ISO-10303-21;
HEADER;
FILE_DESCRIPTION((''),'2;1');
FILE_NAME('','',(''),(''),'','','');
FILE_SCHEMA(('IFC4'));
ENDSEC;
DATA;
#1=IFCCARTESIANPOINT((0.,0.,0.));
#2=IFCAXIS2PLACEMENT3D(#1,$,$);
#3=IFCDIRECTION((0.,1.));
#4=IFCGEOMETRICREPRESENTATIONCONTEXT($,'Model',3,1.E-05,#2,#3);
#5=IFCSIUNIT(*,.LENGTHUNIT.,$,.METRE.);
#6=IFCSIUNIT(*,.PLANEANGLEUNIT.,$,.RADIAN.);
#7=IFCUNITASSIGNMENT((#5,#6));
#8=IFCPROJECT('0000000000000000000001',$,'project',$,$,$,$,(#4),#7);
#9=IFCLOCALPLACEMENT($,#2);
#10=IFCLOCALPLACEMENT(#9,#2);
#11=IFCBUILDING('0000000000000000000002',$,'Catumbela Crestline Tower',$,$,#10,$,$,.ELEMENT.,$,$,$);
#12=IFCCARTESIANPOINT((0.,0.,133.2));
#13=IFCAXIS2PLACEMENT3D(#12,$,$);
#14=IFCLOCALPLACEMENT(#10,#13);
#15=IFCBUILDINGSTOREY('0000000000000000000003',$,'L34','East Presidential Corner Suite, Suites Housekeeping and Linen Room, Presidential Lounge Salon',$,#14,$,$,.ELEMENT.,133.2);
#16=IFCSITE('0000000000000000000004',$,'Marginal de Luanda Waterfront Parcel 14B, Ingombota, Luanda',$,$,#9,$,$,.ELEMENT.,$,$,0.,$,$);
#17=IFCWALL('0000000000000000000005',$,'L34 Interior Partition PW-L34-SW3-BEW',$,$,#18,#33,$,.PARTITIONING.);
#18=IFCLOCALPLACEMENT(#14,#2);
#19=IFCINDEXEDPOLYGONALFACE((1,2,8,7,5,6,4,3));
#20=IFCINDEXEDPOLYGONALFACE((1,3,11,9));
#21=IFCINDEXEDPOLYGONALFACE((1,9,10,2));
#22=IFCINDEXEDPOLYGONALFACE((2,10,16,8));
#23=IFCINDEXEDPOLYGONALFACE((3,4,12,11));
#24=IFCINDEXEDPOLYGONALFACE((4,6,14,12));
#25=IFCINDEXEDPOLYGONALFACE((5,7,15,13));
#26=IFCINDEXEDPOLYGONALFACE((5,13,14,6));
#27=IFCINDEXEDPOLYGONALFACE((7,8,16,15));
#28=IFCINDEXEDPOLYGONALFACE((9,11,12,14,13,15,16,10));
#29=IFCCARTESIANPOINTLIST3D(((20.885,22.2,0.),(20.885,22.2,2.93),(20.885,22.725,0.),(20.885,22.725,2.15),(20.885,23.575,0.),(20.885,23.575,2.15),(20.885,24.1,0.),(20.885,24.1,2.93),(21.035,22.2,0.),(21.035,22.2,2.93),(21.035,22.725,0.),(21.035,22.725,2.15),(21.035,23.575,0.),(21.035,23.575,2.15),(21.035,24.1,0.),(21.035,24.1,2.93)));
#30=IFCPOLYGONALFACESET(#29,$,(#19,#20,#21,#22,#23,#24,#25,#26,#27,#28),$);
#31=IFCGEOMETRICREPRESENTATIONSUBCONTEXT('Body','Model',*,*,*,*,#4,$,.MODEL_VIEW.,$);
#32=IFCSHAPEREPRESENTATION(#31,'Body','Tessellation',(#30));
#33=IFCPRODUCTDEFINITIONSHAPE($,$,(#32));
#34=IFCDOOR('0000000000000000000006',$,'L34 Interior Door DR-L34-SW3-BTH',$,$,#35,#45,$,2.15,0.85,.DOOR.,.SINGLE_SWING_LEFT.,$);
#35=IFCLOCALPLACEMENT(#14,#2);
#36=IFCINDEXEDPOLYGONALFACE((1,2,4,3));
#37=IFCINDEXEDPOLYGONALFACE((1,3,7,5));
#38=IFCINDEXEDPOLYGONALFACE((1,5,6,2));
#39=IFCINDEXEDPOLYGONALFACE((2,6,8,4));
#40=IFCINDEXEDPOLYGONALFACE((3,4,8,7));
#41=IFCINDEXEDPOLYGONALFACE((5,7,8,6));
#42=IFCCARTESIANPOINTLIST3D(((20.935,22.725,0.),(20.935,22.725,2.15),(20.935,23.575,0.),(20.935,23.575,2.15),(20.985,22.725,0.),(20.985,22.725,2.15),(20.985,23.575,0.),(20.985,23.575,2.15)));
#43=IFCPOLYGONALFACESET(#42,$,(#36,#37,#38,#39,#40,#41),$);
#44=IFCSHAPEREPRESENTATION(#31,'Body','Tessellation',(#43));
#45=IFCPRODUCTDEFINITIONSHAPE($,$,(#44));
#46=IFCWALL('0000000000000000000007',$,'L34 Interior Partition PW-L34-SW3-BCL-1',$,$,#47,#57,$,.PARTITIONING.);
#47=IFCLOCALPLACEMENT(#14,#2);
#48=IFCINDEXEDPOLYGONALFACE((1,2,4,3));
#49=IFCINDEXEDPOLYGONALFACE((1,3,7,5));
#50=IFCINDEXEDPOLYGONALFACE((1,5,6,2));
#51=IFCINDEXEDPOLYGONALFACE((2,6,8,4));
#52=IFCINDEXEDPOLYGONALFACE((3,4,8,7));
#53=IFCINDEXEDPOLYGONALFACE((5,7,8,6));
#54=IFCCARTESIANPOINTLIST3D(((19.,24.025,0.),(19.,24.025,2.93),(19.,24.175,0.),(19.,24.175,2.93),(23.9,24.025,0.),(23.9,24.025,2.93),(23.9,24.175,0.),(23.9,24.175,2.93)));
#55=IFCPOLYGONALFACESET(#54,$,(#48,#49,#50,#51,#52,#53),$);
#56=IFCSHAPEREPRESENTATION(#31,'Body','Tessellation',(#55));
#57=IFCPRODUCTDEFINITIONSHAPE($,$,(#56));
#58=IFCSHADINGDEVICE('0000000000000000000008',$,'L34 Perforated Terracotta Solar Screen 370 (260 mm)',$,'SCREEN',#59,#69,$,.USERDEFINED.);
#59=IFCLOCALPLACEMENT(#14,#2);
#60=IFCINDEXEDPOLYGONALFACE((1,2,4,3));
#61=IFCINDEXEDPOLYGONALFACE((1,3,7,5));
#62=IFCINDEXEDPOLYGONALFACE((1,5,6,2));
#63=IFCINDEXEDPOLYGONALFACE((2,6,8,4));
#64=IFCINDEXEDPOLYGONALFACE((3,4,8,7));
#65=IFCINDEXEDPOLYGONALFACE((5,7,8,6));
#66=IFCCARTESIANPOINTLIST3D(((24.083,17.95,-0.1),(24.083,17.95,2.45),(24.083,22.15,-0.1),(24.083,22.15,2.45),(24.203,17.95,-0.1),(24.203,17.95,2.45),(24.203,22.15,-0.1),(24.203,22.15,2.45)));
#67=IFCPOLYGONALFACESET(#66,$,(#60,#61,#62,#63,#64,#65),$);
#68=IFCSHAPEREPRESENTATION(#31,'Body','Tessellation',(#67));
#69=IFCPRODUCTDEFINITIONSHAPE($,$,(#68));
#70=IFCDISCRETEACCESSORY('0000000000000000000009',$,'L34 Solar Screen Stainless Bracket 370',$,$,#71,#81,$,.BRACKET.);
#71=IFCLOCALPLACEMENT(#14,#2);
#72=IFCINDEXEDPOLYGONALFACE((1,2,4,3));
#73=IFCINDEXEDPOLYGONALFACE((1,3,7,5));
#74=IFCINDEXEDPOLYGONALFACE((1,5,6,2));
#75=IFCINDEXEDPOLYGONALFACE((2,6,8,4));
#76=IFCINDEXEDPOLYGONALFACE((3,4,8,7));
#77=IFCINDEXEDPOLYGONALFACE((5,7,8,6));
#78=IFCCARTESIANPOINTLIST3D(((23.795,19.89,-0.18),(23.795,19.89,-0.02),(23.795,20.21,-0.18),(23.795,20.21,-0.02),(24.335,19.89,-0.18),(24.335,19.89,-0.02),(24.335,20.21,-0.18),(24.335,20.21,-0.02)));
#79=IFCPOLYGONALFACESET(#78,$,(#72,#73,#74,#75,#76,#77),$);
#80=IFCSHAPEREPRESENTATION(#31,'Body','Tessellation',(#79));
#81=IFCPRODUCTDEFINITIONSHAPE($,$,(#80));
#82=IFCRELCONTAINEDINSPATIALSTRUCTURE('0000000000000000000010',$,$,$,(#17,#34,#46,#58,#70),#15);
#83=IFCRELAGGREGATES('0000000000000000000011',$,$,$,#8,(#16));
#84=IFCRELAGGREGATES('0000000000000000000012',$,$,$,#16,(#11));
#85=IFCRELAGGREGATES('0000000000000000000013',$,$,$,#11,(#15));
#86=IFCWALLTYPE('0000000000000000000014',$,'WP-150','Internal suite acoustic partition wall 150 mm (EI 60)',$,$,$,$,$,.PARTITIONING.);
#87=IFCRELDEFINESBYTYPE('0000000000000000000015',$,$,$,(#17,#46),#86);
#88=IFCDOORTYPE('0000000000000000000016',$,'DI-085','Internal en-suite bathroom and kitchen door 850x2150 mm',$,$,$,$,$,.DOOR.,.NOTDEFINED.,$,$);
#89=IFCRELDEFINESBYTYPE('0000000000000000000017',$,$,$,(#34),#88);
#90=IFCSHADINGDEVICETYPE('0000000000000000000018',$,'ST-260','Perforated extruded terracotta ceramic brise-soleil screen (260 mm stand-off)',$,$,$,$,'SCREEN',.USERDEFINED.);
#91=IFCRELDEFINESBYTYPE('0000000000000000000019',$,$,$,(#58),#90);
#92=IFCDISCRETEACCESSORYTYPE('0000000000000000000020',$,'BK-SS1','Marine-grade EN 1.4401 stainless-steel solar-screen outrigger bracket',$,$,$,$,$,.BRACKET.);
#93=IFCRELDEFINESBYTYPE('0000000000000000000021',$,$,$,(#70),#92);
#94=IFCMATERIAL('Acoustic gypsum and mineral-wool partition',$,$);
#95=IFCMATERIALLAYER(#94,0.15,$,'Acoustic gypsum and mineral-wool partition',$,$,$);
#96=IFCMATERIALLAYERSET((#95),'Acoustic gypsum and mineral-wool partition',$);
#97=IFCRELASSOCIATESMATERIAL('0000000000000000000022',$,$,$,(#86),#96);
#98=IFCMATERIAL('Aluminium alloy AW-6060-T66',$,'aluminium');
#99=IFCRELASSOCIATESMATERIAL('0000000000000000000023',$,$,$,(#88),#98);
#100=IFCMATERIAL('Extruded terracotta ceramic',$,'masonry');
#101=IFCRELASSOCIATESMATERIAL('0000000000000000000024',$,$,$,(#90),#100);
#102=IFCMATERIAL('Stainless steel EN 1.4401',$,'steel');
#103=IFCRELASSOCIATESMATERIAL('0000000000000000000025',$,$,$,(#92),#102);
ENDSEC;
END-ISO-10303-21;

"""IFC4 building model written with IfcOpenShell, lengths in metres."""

from ifc_helpers import new_model, si_unit, direction, frame, frame_2d, origin, origin_2d, place, context, subcontext, project, spatial, rectangle, extrude, material, layer, layer_set, type_object, element, fill, save


model = new_model("IFC4")

# Units and contexts
model_context = context("Model", 3, precision=1e-05, world=origin(), true_north=direction((0.0, 1.0)))
body_context = subcontext(model_context, "Body", "Model", "MODEL_VIEW")
ifc_project = project(units=[si_unit("LENGTHUNIT", "METRE"), si_unit("PLANEANGLEUNIT", "RADIAN")], contexts=[model_context])

# Site, building, storey
site_placement = place(None, origin())
site = spatial("IfcSite", under=ifc_project, at=site_placement, Name="Marginal de Luanda Waterfront Parcel 14B, Ingombota, Luanda", CompositionType="ELEMENT", RefElevation=0.0)
building_placement = place(site_placement, origin())
building = spatial("IfcBuilding", under=site, at=building_placement, Name="Catumbela Crestline Tower", CompositionType="ELEMENT")
storey_placement = place(building_placement, frame((0.0, 0.0, 133.2)))
storey = spatial("IfcBuildingStorey", under=building, at=storey_placement, Name="L34", Description="East Presidential Corner Suite, Suites Housekeeping and Linen Room, Presidential Lounge Salon", CompositionType="ELEMENT", Elevation=133.2)

# Shared definitions
ifc_material_1 = material(Name="Aluminium alloy AW-6060-T66", Category="aluminium")

# Shared definitions
ifc_material_2 = material(Name="Acoustic gypsum and mineral-wool partition")
ifc_layer_1 = layer(ifc_material_2, 0.15, Name="Acoustic gypsum and mineral-wool partition")
ifc_layer_set_1 = layer_set([ifc_layer_1], Name="Acoustic gypsum and mineral-wool partition")
wall_type_1 = type_object("IfcWallType", Name="WP-150", Description="Internal suite acoustic partition wall 150 mm (EI 60)", PredefinedType="PARTITIONING", material=ifc_layer_set_1)

# Shared definitions
door_type = type_object("IfcDoorType", Name="DI-085", Description="Internal en-suite bathroom and kitchen door 850x2150 mm", OperationType="NOTDEFINED", PredefinedType="DOOR", material=ifc_material_1)

# Wall, opening, door
wall_1_placement = place(storey_placement, frame((20.96, 22.2, 0.0), z_axis=(0.0, 0.0, 1.0), x_axis=(0.0, 1.0, 0.0)))
wall_1 = element("IfcWall", 1, at=wall_1_placement, inside=storey, type_object=wall_type_1, Name="L34 Interior Partition PW-L34-SW3-BEW", PredefinedType="PARTITIONING", context=body_context, shape_type="SweptSolid", body=[
    extrude(rectangle(XDim=1.9, YDim=0.15, at=frame_2d((0.95, 0.0))), origin(), (0.0, 0.0, 1.0), 2.93),
])
opening_1_placement = place(wall_1_placement, frame((0.525, 0.0, 0.0)))
opening_1 = element("IfcOpeningElement", 2, at=opening_1_placement, cuts=wall_1, PredefinedType="OPENING", context=body_context, shape_type="SweptSolid", body=[
    extrude(rectangle(XDim=0.85, YDim=2.15, at=frame_2d((0.425, 1.075))), frame((0.0, 0.085, 0.0), z_axis=(0.0, -1.0, 0.0), x_axis=(1.0, 0.0, 0.0)), (0.0, 0.0, 1.0), 0.17),
])
door_1_placement = place(opening_1_placement, origin())
door_1 = element("IfcDoor", 3, at=door_1_placement, inside=storey, type_object=door_type, Name="L34 Interior Door DR-L34-SW3-BTH", OperationType="SINGLE_SWING_LEFT", OverallHeight=2.15, OverallWidth=0.85, PredefinedType="DOOR", context=body_context, shape_type="SweptSolid", body=[
    extrude(rectangle(XDim=0.85, YDim=2.15, at=frame_2d((0.425, 1.075))), frame((0.0, 0.025, 0.0), z_axis=(0.0, -1.0, 0.0), x_axis=(1.0, 0.0, 0.0)), (0.0, 0.0, 1.0), 0.05),
])
fill(opening_1, door_1)

# Wall
wall_2_placement = place(storey_placement, frame((19.0, 24.1, 0.0), z_axis=(0.0, 0.0, 1.0), x_axis=(1.0, 0.0, 0.0)))
element("IfcWall", 4, at=wall_2_placement, inside=storey, type_object=wall_type_1, Name="L34 Interior Partition PW-L34-SW3-BCL-1", PredefinedType="PARTITIONING", context=body_context, shape_type="SweptSolid", body=[
    extrude(rectangle(XDim=4.9, YDim=0.15, at=frame_2d((2.45, 0.0))), origin(), (0.0, 0.0, 1.0), 2.93),
])

# Shading device
ifc_material_3 = material(Name="Extruded terracotta ceramic", Category="masonry")
shading_device_type = type_object("IfcShadingDeviceType", Name="ST-260", Description="Perforated extruded terracotta ceramic brise-soleil screen (260 mm stand-off)", ElementType="SCREEN", PredefinedType="USERDEFINED", material=ifc_material_3)
shading_device_placement = place(storey_placement, frame((24.143, 20.05, -0.1), z_axis=(0.0, 0.0, 1.0), x_axis=(0.0, 1.0, 0.0)))
element("IfcShadingDevice", 5, at=shading_device_placement, inside=storey, type_object=shading_device_type, Name="L34 Perforated Terracotta Solar Screen 370 (260 mm)", ObjectType="SCREEN", PredefinedType="USERDEFINED", context=body_context, shape_type="SweptSolid", body=[
    extrude(rectangle(XDim=4.2, YDim=0.12, at=origin_2d()), origin(), (0.0, 0.0, 1.0), 2.55),
])

# Discrete accessory
ifc_material_4 = material(Name="Stainless steel EN 1.4401", Category="steel")
discrete_accessory_type = type_object("IfcDiscreteAccessoryType", Name="BK-SS1", Description="Marine-grade EN 1.4401 stainless-steel solar-screen outrigger bracket", PredefinedType="BRACKET", material=ifc_material_4)
discrete_accessory_placement = place(storey_placement, frame((24.065, 20.05, -0.18), z_axis=(0.0, 0.0, 1.0), x_axis=(0.0, 1.0, 0.0)))
element("IfcDiscreteAccessory", 6, at=discrete_accessory_placement, inside=storey, type_object=discrete_accessory_type, Name="L34 Solar Screen Stainless Bracket 370", PredefinedType="BRACKET", context=body_context, shape_type="SweptSolid", body=[
    extrude(rectangle(XDim=0.32, YDim=0.54, at=origin_2d()), origin(), (0.0, 0.0, 1.0), 0.16),
])

save(model, "model.ifc")
